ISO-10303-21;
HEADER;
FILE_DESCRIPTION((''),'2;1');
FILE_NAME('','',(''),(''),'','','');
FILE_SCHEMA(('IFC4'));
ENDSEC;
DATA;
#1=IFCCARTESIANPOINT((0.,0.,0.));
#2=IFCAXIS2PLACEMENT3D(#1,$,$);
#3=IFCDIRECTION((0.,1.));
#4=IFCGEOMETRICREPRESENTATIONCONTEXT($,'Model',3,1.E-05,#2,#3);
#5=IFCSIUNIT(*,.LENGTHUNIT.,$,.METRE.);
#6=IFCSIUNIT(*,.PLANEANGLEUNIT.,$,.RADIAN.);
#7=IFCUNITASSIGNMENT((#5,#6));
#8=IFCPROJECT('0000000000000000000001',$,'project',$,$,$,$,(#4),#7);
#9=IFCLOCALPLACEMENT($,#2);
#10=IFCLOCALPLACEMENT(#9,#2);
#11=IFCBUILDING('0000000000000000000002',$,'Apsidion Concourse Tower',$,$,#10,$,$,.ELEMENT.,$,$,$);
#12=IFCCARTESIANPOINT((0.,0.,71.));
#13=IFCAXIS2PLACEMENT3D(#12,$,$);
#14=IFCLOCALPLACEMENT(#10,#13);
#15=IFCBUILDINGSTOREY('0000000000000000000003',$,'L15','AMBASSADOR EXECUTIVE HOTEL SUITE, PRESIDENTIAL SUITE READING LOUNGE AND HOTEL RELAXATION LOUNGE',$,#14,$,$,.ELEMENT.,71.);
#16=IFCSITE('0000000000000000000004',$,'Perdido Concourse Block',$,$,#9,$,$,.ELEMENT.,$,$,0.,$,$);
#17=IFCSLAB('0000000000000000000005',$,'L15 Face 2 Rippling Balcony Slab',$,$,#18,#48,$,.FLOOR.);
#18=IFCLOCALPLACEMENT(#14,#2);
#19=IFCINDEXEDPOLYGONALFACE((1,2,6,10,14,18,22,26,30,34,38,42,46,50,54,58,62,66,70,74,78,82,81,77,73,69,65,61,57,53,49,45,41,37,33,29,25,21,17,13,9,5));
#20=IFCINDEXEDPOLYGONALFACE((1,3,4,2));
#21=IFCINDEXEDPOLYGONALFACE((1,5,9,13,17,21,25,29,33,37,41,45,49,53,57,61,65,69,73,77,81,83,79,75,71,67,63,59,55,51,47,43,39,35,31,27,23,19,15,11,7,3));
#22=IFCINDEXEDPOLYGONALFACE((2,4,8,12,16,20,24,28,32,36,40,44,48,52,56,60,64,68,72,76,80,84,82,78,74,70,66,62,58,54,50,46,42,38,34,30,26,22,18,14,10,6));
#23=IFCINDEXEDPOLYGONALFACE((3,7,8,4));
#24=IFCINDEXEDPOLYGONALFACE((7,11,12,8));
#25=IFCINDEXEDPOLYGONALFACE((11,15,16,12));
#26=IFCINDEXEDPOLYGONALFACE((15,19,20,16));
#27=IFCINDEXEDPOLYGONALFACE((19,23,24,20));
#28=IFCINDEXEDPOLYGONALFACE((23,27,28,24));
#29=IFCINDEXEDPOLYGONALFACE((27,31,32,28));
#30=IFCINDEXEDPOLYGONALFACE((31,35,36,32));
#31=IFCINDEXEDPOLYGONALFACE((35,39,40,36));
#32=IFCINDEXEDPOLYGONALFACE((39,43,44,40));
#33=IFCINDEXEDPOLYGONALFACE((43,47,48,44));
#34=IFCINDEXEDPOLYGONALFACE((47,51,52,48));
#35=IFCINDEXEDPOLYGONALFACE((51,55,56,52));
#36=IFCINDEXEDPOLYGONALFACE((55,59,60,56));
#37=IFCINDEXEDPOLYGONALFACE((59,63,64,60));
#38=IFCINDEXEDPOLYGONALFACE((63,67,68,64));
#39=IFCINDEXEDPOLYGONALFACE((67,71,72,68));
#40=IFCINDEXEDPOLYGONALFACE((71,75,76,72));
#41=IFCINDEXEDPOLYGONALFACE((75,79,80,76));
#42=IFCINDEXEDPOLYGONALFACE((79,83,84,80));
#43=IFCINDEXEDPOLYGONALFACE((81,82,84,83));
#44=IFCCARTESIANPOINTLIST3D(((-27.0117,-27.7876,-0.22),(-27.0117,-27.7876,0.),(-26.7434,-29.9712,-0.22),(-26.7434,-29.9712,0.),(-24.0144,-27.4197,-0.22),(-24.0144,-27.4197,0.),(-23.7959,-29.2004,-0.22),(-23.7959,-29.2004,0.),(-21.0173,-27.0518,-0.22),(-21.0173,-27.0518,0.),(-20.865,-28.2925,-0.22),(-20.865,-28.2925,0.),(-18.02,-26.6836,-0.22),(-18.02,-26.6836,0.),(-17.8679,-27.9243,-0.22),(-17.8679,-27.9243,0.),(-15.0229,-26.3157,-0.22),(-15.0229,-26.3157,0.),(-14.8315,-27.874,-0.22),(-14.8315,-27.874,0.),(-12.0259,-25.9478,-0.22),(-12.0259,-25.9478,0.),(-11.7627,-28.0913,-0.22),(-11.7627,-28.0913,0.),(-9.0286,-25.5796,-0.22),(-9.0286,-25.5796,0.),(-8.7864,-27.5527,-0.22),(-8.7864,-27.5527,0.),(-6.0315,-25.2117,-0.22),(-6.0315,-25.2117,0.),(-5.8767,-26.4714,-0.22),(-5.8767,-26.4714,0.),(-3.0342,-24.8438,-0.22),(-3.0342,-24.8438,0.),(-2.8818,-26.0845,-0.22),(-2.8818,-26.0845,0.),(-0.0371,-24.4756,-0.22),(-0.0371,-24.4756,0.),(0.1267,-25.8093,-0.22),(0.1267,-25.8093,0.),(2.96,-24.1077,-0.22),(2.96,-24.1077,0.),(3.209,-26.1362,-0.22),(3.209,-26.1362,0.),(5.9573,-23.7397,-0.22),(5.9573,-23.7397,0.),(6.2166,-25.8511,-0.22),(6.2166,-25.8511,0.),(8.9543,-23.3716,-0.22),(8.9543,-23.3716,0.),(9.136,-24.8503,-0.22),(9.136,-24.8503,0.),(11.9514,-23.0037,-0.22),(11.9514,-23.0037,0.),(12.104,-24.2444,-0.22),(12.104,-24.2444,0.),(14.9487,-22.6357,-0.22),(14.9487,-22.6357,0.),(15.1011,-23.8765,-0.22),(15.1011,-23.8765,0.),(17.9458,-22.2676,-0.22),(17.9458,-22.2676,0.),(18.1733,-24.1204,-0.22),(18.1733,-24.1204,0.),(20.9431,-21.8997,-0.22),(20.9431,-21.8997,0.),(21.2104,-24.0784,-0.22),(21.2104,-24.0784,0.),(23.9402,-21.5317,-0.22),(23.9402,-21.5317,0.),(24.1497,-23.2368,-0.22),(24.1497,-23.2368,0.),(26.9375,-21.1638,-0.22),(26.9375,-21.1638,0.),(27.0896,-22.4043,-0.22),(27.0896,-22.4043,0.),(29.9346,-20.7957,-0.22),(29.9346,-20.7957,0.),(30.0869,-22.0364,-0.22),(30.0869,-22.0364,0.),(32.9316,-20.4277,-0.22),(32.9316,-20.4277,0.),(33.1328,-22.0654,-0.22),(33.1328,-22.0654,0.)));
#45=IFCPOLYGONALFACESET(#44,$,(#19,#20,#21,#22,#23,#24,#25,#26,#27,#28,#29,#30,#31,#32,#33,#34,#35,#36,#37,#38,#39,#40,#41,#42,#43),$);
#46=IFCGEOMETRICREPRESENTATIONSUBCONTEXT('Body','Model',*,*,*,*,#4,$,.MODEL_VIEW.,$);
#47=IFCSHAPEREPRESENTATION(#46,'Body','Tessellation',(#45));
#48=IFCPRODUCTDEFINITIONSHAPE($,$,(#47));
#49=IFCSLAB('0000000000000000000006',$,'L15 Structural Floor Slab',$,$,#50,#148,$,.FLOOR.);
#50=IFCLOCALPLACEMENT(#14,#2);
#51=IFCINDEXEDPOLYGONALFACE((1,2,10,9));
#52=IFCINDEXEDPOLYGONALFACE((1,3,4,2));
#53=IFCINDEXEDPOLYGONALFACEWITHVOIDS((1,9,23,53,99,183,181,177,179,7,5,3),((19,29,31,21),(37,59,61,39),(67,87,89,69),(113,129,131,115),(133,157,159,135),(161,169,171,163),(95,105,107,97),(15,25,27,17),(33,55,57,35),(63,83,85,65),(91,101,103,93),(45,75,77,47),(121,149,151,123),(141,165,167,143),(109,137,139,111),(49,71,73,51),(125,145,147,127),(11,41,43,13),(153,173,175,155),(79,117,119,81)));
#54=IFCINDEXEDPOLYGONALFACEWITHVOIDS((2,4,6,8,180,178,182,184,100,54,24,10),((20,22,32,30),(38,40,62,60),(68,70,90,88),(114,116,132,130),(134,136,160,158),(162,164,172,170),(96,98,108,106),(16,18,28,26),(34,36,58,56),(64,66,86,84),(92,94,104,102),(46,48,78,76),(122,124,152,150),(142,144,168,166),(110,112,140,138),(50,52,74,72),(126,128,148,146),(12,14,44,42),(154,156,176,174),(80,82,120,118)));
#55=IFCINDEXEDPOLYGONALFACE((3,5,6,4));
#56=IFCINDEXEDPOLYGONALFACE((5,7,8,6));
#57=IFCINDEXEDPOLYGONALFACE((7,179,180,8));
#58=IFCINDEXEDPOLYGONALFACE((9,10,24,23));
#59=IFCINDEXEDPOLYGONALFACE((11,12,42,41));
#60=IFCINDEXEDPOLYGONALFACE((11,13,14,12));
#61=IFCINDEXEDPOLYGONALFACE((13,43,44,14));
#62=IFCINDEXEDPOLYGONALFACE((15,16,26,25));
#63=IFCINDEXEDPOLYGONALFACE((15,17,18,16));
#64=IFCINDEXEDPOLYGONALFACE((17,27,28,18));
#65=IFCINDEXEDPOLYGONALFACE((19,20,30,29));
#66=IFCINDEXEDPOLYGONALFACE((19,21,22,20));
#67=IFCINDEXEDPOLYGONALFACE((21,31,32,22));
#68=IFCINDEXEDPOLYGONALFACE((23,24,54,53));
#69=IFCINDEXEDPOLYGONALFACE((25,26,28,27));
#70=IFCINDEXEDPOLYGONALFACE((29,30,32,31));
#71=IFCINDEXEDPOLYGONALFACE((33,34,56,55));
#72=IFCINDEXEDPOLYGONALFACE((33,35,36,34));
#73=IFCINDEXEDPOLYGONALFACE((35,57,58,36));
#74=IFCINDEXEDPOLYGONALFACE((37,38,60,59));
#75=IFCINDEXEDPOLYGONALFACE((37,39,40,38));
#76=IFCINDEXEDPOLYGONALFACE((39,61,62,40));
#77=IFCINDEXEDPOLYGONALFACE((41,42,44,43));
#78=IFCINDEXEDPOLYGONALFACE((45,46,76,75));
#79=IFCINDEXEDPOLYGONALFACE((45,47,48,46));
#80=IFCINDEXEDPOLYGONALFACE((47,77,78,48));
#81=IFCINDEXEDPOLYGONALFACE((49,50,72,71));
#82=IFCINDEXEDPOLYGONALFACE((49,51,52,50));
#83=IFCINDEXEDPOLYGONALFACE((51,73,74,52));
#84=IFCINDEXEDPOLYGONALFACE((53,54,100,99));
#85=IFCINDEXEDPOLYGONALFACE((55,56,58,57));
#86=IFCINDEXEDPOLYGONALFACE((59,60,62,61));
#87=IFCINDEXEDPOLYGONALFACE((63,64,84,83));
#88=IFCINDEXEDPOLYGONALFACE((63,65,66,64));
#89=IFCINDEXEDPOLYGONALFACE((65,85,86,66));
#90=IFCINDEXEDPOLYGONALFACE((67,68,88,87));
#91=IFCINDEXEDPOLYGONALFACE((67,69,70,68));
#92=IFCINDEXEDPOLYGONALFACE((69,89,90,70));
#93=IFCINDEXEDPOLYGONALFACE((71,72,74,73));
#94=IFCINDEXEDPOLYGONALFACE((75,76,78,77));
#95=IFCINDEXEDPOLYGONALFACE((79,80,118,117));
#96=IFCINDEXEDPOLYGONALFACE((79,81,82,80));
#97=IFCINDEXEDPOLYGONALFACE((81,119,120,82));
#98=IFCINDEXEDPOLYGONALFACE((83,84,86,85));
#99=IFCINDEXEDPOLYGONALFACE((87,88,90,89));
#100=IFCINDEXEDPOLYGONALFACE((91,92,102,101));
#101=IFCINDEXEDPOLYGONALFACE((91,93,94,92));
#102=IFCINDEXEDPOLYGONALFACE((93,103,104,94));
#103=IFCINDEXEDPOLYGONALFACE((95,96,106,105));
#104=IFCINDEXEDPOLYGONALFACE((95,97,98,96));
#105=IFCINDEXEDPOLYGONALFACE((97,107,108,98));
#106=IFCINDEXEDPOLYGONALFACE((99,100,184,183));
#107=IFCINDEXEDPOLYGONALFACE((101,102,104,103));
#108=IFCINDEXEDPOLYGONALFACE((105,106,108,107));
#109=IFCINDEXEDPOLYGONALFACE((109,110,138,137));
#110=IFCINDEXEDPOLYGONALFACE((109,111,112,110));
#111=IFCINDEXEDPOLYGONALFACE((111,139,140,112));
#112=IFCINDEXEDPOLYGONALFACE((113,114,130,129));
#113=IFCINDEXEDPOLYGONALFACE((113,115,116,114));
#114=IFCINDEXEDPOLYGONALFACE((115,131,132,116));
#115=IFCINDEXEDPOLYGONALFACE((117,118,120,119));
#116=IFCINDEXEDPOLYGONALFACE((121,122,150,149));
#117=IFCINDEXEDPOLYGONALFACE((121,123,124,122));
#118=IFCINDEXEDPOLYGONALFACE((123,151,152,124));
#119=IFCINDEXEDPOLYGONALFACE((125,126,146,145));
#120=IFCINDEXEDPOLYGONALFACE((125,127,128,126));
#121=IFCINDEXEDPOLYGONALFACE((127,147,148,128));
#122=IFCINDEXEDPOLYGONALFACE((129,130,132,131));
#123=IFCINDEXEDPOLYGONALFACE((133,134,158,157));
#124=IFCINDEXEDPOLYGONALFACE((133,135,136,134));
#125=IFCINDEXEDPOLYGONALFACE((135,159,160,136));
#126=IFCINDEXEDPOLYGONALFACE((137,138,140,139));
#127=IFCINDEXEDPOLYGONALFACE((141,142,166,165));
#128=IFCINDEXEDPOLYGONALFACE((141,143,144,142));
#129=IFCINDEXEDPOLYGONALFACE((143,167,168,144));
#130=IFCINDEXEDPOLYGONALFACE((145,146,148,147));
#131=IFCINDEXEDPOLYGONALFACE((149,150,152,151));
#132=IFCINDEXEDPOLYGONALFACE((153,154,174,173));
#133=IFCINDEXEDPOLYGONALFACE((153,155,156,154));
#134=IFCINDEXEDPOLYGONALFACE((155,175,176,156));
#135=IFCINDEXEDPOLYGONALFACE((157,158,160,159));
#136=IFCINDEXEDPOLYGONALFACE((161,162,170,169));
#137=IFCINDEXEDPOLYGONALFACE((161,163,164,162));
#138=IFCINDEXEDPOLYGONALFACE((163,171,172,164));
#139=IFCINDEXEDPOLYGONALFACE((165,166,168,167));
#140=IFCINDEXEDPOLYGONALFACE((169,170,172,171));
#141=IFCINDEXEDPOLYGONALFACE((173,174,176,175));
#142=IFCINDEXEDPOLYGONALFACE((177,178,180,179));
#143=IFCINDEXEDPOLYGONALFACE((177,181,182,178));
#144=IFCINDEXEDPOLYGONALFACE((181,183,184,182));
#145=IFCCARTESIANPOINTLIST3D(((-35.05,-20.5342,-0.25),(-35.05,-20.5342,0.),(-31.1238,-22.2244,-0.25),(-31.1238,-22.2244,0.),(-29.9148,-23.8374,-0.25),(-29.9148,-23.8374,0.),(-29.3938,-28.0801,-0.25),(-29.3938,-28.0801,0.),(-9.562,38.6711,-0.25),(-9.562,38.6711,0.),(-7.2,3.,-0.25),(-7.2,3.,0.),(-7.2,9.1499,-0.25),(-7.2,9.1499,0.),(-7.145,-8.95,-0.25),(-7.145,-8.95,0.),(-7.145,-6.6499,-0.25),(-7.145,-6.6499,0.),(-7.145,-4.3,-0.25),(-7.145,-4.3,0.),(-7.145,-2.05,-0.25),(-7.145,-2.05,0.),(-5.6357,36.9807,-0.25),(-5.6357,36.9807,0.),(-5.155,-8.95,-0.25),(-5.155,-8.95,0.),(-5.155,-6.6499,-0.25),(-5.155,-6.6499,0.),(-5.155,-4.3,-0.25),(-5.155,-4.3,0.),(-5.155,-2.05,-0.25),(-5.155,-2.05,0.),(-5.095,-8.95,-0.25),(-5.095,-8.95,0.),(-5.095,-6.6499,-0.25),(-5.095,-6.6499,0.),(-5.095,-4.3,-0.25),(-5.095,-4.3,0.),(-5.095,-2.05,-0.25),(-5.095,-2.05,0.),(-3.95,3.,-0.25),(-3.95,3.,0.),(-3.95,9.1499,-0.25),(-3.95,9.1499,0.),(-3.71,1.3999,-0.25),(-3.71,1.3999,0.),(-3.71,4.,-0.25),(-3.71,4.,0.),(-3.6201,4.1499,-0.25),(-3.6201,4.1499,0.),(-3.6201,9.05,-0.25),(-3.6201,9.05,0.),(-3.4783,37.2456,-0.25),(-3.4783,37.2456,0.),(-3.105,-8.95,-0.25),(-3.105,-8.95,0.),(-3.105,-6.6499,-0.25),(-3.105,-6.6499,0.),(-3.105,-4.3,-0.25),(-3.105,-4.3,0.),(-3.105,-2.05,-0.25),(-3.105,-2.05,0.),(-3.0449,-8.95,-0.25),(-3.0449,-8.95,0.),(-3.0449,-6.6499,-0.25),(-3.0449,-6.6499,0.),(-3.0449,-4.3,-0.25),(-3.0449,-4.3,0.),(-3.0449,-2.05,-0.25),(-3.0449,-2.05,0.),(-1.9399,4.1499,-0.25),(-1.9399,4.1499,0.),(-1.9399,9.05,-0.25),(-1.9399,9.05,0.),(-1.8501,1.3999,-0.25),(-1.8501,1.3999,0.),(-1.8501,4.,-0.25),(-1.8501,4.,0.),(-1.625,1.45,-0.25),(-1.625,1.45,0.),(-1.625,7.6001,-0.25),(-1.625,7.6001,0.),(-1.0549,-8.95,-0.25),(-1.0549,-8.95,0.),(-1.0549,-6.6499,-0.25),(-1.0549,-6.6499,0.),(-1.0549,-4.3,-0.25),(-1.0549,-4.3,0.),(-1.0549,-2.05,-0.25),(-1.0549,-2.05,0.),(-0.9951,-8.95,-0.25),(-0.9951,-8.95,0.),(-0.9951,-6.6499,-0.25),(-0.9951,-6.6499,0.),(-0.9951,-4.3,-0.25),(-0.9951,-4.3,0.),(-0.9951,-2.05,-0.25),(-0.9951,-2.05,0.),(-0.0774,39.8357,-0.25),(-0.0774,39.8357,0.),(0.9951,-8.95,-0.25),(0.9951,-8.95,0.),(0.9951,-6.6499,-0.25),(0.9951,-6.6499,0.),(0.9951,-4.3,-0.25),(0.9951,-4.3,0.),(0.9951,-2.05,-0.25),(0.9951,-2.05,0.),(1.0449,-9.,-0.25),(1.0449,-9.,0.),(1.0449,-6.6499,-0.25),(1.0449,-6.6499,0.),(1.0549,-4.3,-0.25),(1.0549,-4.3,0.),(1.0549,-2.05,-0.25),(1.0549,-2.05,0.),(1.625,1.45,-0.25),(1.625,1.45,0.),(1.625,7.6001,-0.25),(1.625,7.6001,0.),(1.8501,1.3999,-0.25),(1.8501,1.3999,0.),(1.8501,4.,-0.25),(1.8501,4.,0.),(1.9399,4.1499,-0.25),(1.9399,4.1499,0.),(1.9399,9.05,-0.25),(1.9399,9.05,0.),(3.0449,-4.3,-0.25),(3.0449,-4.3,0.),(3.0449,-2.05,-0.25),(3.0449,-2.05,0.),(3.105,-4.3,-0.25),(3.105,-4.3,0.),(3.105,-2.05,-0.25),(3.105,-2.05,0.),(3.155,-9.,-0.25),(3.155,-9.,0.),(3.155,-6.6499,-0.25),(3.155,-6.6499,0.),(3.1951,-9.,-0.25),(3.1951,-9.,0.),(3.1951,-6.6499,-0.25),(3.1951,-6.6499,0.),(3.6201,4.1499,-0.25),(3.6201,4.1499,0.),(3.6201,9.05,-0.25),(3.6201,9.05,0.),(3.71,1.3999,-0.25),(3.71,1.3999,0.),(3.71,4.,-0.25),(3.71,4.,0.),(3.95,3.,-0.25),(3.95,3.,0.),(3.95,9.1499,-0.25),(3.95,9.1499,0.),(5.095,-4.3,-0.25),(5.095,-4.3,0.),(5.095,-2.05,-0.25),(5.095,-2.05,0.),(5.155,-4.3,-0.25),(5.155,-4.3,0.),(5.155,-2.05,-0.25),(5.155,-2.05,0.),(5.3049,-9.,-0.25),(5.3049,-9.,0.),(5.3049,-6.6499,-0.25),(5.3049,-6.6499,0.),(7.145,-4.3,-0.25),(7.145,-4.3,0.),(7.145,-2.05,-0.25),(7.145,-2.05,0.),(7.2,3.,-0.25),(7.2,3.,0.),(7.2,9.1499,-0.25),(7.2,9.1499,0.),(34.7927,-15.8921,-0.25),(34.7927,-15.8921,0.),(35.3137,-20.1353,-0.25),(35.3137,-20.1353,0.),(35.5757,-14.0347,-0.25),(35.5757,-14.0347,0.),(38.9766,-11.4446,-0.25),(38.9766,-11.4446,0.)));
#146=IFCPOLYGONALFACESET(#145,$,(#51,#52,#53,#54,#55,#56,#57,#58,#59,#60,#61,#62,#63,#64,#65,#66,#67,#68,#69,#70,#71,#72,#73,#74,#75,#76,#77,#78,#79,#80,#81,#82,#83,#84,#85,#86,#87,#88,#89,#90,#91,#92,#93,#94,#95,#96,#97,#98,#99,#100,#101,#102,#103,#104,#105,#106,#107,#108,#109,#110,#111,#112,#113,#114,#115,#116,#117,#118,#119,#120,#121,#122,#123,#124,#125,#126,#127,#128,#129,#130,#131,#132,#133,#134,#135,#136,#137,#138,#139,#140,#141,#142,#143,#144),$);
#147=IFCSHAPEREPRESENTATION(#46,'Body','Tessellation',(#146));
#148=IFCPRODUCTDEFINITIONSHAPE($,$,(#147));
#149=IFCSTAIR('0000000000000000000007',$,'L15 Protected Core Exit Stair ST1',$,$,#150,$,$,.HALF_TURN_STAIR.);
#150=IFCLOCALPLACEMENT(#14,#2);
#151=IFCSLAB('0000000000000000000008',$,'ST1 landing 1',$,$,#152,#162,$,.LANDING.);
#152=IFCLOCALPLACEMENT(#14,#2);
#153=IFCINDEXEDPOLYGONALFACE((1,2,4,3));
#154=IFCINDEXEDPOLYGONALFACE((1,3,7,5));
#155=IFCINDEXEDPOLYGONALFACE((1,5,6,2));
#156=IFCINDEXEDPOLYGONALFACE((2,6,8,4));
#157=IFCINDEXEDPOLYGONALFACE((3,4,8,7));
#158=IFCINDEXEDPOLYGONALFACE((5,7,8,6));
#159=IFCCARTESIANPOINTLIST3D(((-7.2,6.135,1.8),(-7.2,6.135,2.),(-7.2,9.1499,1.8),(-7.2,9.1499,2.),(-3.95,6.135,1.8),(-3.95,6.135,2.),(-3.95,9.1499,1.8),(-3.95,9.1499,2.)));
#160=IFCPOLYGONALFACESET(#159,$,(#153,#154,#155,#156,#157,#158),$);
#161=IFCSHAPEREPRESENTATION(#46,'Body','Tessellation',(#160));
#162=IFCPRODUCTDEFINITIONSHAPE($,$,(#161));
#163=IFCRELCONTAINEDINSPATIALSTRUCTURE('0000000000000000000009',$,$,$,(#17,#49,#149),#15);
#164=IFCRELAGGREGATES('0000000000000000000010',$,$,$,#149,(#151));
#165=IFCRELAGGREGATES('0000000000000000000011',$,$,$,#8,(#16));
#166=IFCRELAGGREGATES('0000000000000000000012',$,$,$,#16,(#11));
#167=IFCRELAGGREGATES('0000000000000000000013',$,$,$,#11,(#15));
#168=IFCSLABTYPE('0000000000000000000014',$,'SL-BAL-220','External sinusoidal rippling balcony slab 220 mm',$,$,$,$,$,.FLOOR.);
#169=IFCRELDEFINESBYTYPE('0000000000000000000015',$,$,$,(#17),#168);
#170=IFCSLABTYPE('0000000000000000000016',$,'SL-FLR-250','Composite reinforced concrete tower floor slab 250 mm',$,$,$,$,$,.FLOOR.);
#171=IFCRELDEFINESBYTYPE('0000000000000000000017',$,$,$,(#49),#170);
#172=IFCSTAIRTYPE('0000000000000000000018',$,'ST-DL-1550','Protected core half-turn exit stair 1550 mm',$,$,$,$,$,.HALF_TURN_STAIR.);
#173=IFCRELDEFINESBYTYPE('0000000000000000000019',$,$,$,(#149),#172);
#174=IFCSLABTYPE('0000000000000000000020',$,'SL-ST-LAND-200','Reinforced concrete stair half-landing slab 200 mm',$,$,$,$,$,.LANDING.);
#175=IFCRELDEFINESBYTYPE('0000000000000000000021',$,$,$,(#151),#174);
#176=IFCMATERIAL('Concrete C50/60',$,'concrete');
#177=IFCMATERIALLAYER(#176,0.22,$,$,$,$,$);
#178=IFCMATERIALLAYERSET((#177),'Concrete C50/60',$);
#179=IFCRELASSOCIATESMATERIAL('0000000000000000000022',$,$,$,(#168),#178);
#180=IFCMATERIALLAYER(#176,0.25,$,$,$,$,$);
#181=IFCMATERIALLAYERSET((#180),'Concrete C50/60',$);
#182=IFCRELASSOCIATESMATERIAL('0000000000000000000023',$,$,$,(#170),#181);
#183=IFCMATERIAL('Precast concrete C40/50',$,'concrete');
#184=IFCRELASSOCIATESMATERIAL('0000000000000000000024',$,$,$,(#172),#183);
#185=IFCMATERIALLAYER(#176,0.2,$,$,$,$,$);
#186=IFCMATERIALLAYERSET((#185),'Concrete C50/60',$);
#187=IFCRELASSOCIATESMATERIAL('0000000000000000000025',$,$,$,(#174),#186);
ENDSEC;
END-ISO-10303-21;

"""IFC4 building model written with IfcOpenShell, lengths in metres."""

from ifc_helpers import new_model, si_unit, direction, frame, origin, place, context, subcontext, project, spatial, polyline, outline, extrude, material, layer, layer_set, type_object, element, aggregate, save


model = new_model("IFC4")

# Units and contexts
model_context = context("Model", 3, precision=1e-05, world=origin(), true_north=direction((0.0, 1.0)))
body_context = subcontext(model_context, "Body", "Model", "MODEL_VIEW")
ifc_project = project(units=[si_unit("LENGTHUNIT", "METRE"), si_unit("PLANEANGLEUNIT", "RADIAN")], contexts=[model_context])

# Site, building, storey
site_placement = place(None, origin())
site = spatial("IfcSite", under=ifc_project, at=site_placement, Name="Perdido Concourse Block", CompositionType="ELEMENT", RefElevation=0.0)
building_placement = place(site_placement, origin())
building = spatial("IfcBuilding", under=site, at=building_placement, Name="Apsidion Concourse Tower", CompositionType="ELEMENT")
storey_placement = place(building_placement, frame((0.0, 0.0, 71.0)))
storey = spatial("IfcBuildingStorey", under=building, at=storey_placement, Name="L15", Description="AMBASSADOR EXECUTIVE HOTEL SUITE, PRESIDENTIAL SUITE READING LOUNGE AND HOTEL RELAXATION LOUNGE", CompositionType="ELEMENT", Elevation=71.0)

# Shared definitions
ifc_material_1 = material(Name="Concrete C50/60", Category="concrete")

# Slabs
ifc_layer_1 = layer(ifc_material_1, 0.22)
ifc_layer_set_1 = layer_set([ifc_layer_1], Name="Concrete C50/60")
slab_type_1 = type_object("IfcSlabType", Name="SL-BAL-220", Description="External sinusoidal rippling balcony slab 220 mm", PredefinedType="FLOOR", material=ifc_layer_set_1)
slab_1_placement = place(storey_placement, frame((0.0, 0.0, -0.22)))
element("IfcSlab", 1, at=slab_1_placement, inside=storey, type_object=slab_type_1, Name="L15 Face 2 Rippling Balcony Slab", PredefinedType="FLOOR", context=body_context, shape_type="SweptSolid", body=[
    extrude(outline(polyline([(-27.0117, -27.7876), (-24.0144, -27.4197), (-21.0173, -27.0518), (-18.02, -26.6836), (-15.0229, -26.3157), (-12.0259, -25.9478), (-9.0286, -25.5796), (-6.0315, -25.2117), (-3.0342, -24.8438), (-0.0371, -24.4756), (2.96, -24.1077), (5.9573, -23.7397), (8.9543, -23.3716), (11.9514, -23.0037), (14.9487, -22.6357), (17.9458, -22.2676), (20.9431, -21.8997), (23.9402, -21.5317), (26.9375, -21.1638), (29.9346, -20.7957), (32.9316, -20.4277), (33.1328, -22.0654), (30.0869, -22.0364), (27.0896, -22.4043), (24.1497, -23.2368), (21.2104, -24.0784), (18.1733, -24.1204), (15.1011, -23.8765), (12.104, -24.2444), (9.136, -24.8503), (6.2166, -25.8511), (3.209, -26.1362), (0.1267, -25.8093), (-2.8818, -26.0845), (-5.8767, -26.4714), (-8.7864, -27.5527), (-11.7627, -28.0913), (-14.8315, -27.874), (-17.8679, -27.9243), (-20.865, -28.2925), (-23.7959, -29.2004), (-26.7434, -29.9712), (-27.0117, -27.7876)])), origin(), (0.0, 0.0, 1.0), 0.22),
])
ifc_layer_2 = layer(ifc_material_1, 0.25)
ifc_layer_set_2 = layer_set([ifc_layer_2], Name="Concrete C50/60")
slab_type_2 = type_object("IfcSlabType", Name="SL-FLR-250", Description="Composite reinforced concrete tower floor slab 250 mm", PredefinedType="FLOOR", material=ifc_layer_set_2)
slab_2_placement = place(storey_placement, frame((0.0, 0.0, -0.25)))
element("IfcSlab", 2, at=slab_2_placement, inside=storey, type_object=slab_type_2, Name="L15 Structural Floor Slab", PredefinedType="FLOOR", context=body_context, shape_type="SweptSolid", body=[
    extrude(outline(polyline([(-0.0774, 39.8357), (-3.4783, 37.2456), (-5.6357, 36.9807), (-9.562, 38.6711), (-35.05, -20.5342), (-31.1238, -22.2244), (-29.9148, -23.8374), (-29.3938, -28.0801), (35.3137, -20.1353), (34.7927, -15.8921), (35.5757, -14.0347), (38.9766, -11.4446), (-0.0774, 39.8357)]), holes=[polyline([(-3.95, 3.0), (-3.95, 9.1499), (-7.2, 9.1499), (-7.2, 3.0), (-3.95, 3.0)]), polyline([(7.2, 3.0), (7.2, 9.1499), (3.95, 9.1499), (3.95, 3.0), (7.2, 3.0)]), polyline([(-1.625, 7.6001), (-1.625, 1.45), (1.625, 1.45), (1.625, 7.6001), (-1.625, 7.6001)]), polyline([(-7.145, -4.3), (-5.155, -4.3), (-5.155, -2.05), (-7.145, -2.05), (-7.145, -4.3)]), polyline([(-5.095, -4.3), (-3.105, -4.3), (-3.105, -2.05), (-5.095, -2.05), (-5.095, -4.3)]), polyline([(-3.0449, -4.3), (-1.0549, -4.3), (-1.0549, -2.05), (-3.0449, -2.05), (-3.0449, -4.3)]), polyline([(-0.9951, -4.3), (0.9951, -4.3), (0.9951, -2.05), (-0.9951, -2.05), (-0.9951, -4.3)]), polyline([(1.0549, -4.3), (3.0449, -4.3), (3.0449, -2.05), (1.0549, -2.05), (1.0549, -4.3)]), polyline([(3.105, -4.3), (5.095, -4.3), (5.095, -2.05), (3.105, -2.05), (3.105, -4.3)]), polyline([(5.155, -4.3), (7.145, -4.3), (7.145, -2.05), (5.155, -2.05), (5.155, -4.3)]), polyline([(-7.145, -8.95), (-5.155, -8.95), (-5.155, -6.6499), (-7.145, -6.6499), (-7.145, -8.95)]), polyline([(-5.095, -8.95), (-3.105, -8.95), (-3.105, -6.6499), (-5.095, -6.6499), (-5.095, -8.95)]), polyline([(-3.0449, -8.95), (-1.0549, -8.95), (-1.0549, -6.6499), (-3.0449, -6.6499), (-3.0449, -8.95)]), polyline([(-0.9951, -8.95), (0.9951, -8.95), (0.9951, -6.6499), (-0.9951, -6.6499), (-0.9951, -8.95)]), polyline([(1.0449, -9.0), (3.155, -9.0), (3.155, -6.6499), (1.0449, -6.6499), (1.0449, -9.0)]), polyline([(3.1951, -9.0), (5.3049, -9.0), (5.3049, -6.6499), (3.1951, -6.6499), (3.1951, -9.0)]), polyline([(-3.71, 1.3999), (-1.8501, 1.3999), (-1.8501, 4.0), (-3.71, 4.0), (-3.71, 1.3999)]), polyline([(1.8501, 1.3999), (3.71, 1.3999), (3.71, 4.0), (1.8501, 4.0), (1.8501, 1.3999)]), polyline([(-3.6201, 4.1499), (-1.9399, 4.1499), (-1.9399, 9.05), (-3.6201, 9.05), (-3.6201, 4.1499)]), polyline([(1.9399, 4.1499), (3.6201, 4.1499), (3.6201, 9.05), (1.9399, 9.05), (1.9399, 4.1499)])]), origin(), (0.0, 0.0, 1.0), 0.25),
])

# Stair, slab
ifc_material_2 = material(Name="Precast concrete C40/50", Category="concrete")
stair_type = type_object("IfcStairType", Name="ST-DL-1550", Description="Protected core half-turn exit stair 1550 mm", PredefinedType="HALF_TURN_STAIR", material=ifc_material_2)
stair_1_placement = place(storey_placement, origin())
stair_1 = element("IfcStair", 3, at=stair_1_placement, inside=storey, type_object=stair_type, Name="L15 Protected Core Exit Stair ST1", PredefinedType="HALF_TURN_STAIR")
ifc_layer_3 = layer(ifc_material_1, 0.2)
ifc_layer_set_3 = layer_set([ifc_layer_3], Name="Concrete C50/60")
slab_type_3 = type_object("IfcSlabType", Name="SL-ST-LAND-200", Description="Reinforced concrete stair half-landing slab 200 mm", PredefinedType="LANDING", material=ifc_layer_set_3)
slab_3_placement = place(storey_placement, frame((0.0, 0.0, 1.8)))
slab_3 = element("IfcSlab", 4, at=slab_3_placement, type_object=slab_type_3, Name="ST1 landing 1", PredefinedType="LANDING", context=body_context, shape_type="SweptSolid", body=[
    extrude(outline(polyline([(-3.95, 6.135), (-3.95, 9.1499), (-7.2, 9.1499), (-7.2, 6.135), (-3.95, 6.135)])), origin(), (0.0, 0.0, 1.0), 0.2),
])
aggregate(stair_1, [slab_3])

save(model, "model.ifc")
